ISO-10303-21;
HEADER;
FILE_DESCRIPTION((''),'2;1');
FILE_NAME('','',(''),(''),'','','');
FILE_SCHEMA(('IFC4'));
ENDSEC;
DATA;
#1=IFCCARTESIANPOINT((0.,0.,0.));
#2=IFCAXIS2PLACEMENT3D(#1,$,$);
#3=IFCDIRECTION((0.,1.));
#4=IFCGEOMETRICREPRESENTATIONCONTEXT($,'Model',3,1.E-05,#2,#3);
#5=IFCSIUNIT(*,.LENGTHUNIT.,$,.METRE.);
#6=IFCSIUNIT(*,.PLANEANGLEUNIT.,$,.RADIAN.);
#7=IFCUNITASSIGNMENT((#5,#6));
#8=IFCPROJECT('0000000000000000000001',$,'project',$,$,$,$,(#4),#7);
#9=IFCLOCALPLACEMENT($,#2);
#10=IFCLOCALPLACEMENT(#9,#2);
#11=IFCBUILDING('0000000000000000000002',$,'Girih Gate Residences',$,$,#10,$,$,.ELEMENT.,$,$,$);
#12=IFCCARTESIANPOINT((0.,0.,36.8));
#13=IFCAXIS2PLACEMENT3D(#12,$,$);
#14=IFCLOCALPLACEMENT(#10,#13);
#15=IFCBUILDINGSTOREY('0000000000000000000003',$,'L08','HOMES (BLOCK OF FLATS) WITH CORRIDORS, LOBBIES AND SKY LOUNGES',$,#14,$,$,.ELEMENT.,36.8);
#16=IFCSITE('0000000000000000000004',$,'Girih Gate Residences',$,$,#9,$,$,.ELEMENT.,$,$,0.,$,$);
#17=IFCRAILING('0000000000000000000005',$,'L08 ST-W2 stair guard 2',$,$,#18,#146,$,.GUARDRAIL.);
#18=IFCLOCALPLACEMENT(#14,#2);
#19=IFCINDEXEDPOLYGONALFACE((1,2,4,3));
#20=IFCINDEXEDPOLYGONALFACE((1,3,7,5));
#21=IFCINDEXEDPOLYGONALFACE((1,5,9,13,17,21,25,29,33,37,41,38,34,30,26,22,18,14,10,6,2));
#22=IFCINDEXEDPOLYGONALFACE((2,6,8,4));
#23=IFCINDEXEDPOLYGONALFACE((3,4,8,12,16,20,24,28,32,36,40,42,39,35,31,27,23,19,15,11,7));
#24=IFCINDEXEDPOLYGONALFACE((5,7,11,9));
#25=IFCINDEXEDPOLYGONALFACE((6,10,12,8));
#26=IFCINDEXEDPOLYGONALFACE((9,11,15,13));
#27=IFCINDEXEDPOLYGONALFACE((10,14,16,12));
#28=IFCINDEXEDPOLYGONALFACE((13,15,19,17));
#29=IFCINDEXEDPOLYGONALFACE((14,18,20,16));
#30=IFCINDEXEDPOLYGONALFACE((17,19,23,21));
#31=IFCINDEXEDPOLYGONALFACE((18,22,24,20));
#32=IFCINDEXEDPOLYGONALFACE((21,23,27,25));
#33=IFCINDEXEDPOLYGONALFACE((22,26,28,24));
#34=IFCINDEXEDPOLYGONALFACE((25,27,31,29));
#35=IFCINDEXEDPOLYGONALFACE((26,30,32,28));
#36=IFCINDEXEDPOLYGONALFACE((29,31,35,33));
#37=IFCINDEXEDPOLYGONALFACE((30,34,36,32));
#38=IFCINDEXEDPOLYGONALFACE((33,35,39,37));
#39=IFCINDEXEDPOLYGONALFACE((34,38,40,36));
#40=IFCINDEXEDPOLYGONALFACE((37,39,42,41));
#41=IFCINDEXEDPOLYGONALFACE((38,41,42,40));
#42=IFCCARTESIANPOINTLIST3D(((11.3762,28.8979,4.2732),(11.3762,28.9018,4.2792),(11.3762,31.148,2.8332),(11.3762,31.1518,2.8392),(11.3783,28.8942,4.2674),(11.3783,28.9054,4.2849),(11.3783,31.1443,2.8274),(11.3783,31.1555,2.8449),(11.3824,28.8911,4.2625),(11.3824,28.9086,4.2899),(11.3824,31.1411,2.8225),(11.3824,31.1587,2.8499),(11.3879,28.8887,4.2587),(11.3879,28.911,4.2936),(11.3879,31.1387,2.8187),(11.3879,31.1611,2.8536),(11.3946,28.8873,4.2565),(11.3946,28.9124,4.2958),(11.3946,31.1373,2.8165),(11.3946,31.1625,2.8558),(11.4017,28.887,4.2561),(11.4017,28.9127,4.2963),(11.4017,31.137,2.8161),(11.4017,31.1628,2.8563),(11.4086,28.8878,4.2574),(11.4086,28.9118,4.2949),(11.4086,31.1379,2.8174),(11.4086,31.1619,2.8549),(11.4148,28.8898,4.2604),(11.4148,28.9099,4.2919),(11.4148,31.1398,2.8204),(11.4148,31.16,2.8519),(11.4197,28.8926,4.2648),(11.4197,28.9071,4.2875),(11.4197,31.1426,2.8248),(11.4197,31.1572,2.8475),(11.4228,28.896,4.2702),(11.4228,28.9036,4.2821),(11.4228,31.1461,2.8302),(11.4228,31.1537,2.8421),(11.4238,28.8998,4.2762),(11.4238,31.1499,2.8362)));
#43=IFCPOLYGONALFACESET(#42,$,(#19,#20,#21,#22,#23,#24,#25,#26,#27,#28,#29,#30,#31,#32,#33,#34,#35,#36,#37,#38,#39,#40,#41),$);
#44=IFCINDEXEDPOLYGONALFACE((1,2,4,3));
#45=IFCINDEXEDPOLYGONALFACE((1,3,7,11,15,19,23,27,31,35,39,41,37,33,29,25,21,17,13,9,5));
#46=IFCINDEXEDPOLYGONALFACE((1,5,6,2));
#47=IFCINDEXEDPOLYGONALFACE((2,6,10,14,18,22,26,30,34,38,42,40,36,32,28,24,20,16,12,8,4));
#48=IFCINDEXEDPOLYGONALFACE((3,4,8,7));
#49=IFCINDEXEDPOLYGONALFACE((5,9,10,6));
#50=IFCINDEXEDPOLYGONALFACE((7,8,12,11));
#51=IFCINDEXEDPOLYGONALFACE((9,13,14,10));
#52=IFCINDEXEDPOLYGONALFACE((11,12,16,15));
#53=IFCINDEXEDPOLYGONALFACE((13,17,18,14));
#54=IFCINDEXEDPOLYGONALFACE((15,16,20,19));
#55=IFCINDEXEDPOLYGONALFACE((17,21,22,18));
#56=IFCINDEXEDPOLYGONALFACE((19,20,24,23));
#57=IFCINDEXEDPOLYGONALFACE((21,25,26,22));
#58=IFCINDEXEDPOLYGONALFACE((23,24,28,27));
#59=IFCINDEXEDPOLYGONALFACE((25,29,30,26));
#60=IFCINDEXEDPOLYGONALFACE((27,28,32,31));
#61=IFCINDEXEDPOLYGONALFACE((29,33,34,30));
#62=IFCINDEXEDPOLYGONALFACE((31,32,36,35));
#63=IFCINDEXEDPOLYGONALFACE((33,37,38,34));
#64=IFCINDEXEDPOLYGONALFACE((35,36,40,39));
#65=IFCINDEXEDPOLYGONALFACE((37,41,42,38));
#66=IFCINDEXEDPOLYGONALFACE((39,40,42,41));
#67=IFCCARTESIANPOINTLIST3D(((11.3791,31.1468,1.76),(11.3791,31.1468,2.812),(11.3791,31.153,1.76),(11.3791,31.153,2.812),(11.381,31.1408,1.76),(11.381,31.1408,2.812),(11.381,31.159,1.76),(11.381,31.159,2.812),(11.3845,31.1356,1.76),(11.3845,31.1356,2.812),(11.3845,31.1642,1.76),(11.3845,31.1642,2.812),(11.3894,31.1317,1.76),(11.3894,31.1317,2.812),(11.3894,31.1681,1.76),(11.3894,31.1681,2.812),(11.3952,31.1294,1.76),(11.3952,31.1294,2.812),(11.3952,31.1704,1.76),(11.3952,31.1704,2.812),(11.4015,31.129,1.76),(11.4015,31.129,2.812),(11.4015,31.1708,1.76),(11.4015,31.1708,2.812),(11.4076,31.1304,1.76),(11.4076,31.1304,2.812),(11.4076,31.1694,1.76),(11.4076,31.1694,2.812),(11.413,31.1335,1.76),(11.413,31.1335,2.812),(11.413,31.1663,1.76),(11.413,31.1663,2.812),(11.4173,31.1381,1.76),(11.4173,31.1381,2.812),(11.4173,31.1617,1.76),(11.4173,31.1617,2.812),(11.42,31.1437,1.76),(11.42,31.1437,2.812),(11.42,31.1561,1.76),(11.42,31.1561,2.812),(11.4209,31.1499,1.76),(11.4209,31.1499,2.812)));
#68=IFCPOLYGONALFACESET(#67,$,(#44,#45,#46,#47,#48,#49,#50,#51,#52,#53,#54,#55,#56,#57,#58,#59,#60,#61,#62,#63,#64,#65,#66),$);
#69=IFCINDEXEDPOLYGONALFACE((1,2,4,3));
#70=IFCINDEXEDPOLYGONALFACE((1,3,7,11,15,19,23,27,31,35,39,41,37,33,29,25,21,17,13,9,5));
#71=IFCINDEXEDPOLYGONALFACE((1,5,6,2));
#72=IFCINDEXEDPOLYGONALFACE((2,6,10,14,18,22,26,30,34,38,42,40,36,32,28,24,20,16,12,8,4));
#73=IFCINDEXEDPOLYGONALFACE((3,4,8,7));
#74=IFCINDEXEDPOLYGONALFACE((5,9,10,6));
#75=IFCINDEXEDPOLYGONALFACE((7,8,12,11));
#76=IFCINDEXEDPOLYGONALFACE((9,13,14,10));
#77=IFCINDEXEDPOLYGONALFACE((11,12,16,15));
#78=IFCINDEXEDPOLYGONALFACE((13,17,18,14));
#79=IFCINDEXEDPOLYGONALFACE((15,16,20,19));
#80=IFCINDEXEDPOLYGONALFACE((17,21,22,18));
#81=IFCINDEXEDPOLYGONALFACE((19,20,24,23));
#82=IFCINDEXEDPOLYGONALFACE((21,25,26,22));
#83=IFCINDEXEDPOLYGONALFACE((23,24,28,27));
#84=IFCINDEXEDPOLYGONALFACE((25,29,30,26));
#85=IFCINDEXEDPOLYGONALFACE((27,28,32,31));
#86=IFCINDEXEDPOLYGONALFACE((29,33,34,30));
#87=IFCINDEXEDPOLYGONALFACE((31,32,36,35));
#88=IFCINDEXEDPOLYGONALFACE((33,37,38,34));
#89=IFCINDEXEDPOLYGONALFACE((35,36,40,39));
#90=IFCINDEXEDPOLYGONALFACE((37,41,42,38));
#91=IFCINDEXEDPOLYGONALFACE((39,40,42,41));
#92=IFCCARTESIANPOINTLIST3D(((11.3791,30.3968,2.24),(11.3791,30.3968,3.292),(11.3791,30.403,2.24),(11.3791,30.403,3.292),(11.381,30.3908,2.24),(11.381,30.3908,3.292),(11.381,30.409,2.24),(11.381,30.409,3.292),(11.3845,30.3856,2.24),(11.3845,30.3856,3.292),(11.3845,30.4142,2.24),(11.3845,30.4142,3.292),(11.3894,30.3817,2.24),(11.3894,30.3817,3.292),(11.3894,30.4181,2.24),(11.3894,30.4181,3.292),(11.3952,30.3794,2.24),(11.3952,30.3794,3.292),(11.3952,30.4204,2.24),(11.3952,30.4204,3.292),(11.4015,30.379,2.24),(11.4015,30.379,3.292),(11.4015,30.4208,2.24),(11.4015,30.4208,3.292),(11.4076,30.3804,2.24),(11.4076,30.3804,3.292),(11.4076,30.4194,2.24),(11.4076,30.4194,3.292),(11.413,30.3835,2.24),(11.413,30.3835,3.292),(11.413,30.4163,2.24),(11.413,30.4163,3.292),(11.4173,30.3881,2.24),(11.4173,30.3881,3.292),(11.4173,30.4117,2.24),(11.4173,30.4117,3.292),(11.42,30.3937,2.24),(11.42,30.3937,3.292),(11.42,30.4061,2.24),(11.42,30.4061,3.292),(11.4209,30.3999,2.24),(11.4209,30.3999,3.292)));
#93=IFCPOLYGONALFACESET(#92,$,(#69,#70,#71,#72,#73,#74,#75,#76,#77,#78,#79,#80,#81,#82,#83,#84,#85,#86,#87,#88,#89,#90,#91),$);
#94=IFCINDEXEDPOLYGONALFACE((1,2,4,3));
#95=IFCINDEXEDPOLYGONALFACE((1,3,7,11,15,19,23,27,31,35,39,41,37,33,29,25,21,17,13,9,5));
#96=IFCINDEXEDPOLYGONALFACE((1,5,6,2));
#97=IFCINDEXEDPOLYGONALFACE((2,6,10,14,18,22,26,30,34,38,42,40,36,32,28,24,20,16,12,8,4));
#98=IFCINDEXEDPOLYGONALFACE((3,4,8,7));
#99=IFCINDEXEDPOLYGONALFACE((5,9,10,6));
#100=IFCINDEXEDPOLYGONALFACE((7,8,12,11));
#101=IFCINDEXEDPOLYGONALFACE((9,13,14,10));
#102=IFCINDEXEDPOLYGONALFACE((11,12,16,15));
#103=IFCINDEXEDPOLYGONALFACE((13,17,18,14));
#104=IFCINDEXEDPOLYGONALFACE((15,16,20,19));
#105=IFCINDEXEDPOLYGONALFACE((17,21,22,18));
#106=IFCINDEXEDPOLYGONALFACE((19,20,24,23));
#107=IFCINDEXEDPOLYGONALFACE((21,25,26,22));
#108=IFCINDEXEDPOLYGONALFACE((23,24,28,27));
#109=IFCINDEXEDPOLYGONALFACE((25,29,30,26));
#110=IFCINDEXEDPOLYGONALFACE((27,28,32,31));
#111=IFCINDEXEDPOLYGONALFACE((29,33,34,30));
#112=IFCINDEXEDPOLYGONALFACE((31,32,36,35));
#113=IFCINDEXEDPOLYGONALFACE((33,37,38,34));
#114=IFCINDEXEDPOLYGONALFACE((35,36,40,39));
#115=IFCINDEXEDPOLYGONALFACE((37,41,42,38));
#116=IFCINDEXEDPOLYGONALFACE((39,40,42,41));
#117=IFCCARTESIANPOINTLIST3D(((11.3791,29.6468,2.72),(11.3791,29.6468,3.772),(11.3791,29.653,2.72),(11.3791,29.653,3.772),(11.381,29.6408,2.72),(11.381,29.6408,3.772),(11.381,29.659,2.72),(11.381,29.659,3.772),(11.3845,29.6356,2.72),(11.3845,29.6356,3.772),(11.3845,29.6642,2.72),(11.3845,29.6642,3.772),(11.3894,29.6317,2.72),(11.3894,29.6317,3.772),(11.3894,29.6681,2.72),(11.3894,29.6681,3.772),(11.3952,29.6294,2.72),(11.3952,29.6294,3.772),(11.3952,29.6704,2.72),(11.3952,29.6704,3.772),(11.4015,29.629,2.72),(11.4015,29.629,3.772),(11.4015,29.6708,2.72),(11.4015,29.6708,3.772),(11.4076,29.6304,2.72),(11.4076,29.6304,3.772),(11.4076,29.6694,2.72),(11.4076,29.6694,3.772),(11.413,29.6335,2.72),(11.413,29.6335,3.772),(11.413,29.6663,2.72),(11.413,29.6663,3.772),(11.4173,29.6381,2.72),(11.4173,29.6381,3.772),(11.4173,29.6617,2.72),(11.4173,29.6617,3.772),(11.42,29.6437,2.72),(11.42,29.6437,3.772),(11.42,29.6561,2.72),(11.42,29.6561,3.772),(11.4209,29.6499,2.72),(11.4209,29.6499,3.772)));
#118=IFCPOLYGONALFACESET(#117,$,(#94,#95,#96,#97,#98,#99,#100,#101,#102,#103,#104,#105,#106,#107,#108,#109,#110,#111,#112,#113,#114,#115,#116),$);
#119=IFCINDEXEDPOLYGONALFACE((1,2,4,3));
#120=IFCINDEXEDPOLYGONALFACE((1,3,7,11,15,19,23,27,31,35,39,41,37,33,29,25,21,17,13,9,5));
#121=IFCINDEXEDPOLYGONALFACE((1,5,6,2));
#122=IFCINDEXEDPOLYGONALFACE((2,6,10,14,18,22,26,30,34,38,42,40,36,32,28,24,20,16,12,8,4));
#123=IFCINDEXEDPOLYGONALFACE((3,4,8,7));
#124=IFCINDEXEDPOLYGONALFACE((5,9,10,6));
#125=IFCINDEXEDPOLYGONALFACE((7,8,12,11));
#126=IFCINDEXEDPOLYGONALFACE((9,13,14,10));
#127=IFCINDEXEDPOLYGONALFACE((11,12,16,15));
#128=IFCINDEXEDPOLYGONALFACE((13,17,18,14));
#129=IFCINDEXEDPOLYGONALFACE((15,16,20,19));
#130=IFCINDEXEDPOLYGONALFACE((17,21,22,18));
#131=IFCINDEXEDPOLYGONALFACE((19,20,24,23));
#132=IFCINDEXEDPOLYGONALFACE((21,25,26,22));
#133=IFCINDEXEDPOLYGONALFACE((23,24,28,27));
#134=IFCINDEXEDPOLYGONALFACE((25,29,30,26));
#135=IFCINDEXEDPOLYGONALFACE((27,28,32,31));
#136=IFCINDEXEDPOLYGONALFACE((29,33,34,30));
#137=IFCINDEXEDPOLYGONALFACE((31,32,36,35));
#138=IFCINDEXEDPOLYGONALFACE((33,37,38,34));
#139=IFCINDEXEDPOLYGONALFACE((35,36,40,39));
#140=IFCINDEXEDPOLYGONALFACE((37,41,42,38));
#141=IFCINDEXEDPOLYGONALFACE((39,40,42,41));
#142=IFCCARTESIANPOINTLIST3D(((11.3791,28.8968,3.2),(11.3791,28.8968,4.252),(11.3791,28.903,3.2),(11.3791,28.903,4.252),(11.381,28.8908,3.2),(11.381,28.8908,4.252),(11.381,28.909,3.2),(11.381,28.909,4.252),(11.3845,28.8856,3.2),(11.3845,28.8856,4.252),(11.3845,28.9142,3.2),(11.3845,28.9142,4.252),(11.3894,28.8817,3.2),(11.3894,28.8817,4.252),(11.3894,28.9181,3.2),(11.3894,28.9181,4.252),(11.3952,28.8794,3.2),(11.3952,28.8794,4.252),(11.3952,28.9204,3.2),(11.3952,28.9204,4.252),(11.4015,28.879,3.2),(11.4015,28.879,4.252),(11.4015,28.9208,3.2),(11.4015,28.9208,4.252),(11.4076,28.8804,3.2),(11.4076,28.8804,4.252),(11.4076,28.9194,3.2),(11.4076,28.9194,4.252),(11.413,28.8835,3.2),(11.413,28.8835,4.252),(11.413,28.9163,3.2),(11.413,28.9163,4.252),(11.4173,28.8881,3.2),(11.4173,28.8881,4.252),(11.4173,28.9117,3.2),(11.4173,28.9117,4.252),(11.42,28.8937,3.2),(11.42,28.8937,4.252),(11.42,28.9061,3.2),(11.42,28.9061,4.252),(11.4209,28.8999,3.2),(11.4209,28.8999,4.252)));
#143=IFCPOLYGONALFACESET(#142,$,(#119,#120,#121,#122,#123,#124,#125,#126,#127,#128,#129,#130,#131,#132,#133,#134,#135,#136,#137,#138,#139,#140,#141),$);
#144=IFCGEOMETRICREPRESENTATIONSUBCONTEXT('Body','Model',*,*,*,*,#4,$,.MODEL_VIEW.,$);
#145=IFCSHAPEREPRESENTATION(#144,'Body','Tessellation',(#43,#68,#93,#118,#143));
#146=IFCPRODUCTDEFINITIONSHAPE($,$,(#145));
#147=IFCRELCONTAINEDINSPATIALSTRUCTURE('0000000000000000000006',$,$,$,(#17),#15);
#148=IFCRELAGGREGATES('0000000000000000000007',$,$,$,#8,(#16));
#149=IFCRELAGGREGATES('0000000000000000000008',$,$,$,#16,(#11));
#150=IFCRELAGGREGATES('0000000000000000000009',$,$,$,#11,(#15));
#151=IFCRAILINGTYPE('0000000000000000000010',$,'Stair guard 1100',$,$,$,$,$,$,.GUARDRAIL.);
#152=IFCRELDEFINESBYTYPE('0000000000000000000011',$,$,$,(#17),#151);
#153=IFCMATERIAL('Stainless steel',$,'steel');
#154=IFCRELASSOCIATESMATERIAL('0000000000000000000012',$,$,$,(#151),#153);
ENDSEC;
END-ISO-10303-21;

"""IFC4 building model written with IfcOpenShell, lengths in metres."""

from ifc_helpers import new_model, si_unit, direction, frame, origin, origin_2d, place, context, subcontext, project, spatial, circle, extrude, material, type_object, element, save


model = new_model("IFC4")

# Units and contexts
model_context = context("Model", 3, precision=1e-05, world=origin(), true_north=direction((0.0, 1.0)))
body_context = subcontext(model_context, "Body", "Model", "MODEL_VIEW")
ifc_project = project(units=[si_unit("LENGTHUNIT", "METRE"), si_unit("PLANEANGLEUNIT", "RADIAN")], contexts=[model_context])

# Site, building, storey
site_placement = place(None, origin())
site = spatial("IfcSite", under=ifc_project, at=site_placement, Name="Girih Gate Residences", CompositionType="ELEMENT", RefElevation=0.0)
building_placement = place(site_placement, origin())
building = spatial("IfcBuilding", under=site, at=building_placement, Name="Girih Gate Residences", CompositionType="ELEMENT")
storey_placement = place(building_placement, frame((0.0, 0.0, 36.8)))
storey = spatial("IfcBuildingStorey", under=building, at=storey_placement, Name="L08", Description="HOMES (BLOCK OF FLATS) WITH CORRIDORS, LOBBIES AND SKY LOUNGES", CompositionType="ELEMENT", Elevation=36.8)

# Railing
ifc_material_1 = material(Name="Stainless steel", Category="steel")
railing_type_1 = type_object("IfcRailingType", Name="Stair guard 1100", PredefinedType="GUARDRAIL", material=ifc_material_1)
railing_1_placement = place(storey_placement, frame((11.3999, 31.1499, 1.76)))
element("IfcRailing", 1, at=railing_1_placement, inside=storey, type_object=railing_type_1, Name="L08 ST-W2 stair guard 2", PredefinedType="GUARDRAIL", context=body_context, shape_type="SweptSolid", body=[
    extrude(circle(Radius=0.0239, at=origin_2d()), frame((0.0, 0.0, 1.0762), z_axis=(0.0, -0.842281, 0.539038), x_axis=(1.0, 0.0, 0.0)), (0.0, 0.0, 1.0), 2.6714),
    extrude(circle(Radius=0.021, at=origin_2d()), origin(), (0.0, 0.0, 1.0), 1.052),
    extrude(circle(Radius=0.021, at=origin_2d()), frame((0.0, -0.75, 0.48)), (0.0, 0.0, 1.0), 1.052),
    extrude(circle(Radius=0.021, at=origin_2d()), frame((0.0, -1.5, 0.96)), (0.0, 0.0, 1.0), 1.052),
    extrude(circle(Radius=0.021, at=origin_2d()), frame((0.0, -2.25, 1.4399)), (0.0, 0.0, 1.0), 1.052),
])

save(model, "model.ifc")
